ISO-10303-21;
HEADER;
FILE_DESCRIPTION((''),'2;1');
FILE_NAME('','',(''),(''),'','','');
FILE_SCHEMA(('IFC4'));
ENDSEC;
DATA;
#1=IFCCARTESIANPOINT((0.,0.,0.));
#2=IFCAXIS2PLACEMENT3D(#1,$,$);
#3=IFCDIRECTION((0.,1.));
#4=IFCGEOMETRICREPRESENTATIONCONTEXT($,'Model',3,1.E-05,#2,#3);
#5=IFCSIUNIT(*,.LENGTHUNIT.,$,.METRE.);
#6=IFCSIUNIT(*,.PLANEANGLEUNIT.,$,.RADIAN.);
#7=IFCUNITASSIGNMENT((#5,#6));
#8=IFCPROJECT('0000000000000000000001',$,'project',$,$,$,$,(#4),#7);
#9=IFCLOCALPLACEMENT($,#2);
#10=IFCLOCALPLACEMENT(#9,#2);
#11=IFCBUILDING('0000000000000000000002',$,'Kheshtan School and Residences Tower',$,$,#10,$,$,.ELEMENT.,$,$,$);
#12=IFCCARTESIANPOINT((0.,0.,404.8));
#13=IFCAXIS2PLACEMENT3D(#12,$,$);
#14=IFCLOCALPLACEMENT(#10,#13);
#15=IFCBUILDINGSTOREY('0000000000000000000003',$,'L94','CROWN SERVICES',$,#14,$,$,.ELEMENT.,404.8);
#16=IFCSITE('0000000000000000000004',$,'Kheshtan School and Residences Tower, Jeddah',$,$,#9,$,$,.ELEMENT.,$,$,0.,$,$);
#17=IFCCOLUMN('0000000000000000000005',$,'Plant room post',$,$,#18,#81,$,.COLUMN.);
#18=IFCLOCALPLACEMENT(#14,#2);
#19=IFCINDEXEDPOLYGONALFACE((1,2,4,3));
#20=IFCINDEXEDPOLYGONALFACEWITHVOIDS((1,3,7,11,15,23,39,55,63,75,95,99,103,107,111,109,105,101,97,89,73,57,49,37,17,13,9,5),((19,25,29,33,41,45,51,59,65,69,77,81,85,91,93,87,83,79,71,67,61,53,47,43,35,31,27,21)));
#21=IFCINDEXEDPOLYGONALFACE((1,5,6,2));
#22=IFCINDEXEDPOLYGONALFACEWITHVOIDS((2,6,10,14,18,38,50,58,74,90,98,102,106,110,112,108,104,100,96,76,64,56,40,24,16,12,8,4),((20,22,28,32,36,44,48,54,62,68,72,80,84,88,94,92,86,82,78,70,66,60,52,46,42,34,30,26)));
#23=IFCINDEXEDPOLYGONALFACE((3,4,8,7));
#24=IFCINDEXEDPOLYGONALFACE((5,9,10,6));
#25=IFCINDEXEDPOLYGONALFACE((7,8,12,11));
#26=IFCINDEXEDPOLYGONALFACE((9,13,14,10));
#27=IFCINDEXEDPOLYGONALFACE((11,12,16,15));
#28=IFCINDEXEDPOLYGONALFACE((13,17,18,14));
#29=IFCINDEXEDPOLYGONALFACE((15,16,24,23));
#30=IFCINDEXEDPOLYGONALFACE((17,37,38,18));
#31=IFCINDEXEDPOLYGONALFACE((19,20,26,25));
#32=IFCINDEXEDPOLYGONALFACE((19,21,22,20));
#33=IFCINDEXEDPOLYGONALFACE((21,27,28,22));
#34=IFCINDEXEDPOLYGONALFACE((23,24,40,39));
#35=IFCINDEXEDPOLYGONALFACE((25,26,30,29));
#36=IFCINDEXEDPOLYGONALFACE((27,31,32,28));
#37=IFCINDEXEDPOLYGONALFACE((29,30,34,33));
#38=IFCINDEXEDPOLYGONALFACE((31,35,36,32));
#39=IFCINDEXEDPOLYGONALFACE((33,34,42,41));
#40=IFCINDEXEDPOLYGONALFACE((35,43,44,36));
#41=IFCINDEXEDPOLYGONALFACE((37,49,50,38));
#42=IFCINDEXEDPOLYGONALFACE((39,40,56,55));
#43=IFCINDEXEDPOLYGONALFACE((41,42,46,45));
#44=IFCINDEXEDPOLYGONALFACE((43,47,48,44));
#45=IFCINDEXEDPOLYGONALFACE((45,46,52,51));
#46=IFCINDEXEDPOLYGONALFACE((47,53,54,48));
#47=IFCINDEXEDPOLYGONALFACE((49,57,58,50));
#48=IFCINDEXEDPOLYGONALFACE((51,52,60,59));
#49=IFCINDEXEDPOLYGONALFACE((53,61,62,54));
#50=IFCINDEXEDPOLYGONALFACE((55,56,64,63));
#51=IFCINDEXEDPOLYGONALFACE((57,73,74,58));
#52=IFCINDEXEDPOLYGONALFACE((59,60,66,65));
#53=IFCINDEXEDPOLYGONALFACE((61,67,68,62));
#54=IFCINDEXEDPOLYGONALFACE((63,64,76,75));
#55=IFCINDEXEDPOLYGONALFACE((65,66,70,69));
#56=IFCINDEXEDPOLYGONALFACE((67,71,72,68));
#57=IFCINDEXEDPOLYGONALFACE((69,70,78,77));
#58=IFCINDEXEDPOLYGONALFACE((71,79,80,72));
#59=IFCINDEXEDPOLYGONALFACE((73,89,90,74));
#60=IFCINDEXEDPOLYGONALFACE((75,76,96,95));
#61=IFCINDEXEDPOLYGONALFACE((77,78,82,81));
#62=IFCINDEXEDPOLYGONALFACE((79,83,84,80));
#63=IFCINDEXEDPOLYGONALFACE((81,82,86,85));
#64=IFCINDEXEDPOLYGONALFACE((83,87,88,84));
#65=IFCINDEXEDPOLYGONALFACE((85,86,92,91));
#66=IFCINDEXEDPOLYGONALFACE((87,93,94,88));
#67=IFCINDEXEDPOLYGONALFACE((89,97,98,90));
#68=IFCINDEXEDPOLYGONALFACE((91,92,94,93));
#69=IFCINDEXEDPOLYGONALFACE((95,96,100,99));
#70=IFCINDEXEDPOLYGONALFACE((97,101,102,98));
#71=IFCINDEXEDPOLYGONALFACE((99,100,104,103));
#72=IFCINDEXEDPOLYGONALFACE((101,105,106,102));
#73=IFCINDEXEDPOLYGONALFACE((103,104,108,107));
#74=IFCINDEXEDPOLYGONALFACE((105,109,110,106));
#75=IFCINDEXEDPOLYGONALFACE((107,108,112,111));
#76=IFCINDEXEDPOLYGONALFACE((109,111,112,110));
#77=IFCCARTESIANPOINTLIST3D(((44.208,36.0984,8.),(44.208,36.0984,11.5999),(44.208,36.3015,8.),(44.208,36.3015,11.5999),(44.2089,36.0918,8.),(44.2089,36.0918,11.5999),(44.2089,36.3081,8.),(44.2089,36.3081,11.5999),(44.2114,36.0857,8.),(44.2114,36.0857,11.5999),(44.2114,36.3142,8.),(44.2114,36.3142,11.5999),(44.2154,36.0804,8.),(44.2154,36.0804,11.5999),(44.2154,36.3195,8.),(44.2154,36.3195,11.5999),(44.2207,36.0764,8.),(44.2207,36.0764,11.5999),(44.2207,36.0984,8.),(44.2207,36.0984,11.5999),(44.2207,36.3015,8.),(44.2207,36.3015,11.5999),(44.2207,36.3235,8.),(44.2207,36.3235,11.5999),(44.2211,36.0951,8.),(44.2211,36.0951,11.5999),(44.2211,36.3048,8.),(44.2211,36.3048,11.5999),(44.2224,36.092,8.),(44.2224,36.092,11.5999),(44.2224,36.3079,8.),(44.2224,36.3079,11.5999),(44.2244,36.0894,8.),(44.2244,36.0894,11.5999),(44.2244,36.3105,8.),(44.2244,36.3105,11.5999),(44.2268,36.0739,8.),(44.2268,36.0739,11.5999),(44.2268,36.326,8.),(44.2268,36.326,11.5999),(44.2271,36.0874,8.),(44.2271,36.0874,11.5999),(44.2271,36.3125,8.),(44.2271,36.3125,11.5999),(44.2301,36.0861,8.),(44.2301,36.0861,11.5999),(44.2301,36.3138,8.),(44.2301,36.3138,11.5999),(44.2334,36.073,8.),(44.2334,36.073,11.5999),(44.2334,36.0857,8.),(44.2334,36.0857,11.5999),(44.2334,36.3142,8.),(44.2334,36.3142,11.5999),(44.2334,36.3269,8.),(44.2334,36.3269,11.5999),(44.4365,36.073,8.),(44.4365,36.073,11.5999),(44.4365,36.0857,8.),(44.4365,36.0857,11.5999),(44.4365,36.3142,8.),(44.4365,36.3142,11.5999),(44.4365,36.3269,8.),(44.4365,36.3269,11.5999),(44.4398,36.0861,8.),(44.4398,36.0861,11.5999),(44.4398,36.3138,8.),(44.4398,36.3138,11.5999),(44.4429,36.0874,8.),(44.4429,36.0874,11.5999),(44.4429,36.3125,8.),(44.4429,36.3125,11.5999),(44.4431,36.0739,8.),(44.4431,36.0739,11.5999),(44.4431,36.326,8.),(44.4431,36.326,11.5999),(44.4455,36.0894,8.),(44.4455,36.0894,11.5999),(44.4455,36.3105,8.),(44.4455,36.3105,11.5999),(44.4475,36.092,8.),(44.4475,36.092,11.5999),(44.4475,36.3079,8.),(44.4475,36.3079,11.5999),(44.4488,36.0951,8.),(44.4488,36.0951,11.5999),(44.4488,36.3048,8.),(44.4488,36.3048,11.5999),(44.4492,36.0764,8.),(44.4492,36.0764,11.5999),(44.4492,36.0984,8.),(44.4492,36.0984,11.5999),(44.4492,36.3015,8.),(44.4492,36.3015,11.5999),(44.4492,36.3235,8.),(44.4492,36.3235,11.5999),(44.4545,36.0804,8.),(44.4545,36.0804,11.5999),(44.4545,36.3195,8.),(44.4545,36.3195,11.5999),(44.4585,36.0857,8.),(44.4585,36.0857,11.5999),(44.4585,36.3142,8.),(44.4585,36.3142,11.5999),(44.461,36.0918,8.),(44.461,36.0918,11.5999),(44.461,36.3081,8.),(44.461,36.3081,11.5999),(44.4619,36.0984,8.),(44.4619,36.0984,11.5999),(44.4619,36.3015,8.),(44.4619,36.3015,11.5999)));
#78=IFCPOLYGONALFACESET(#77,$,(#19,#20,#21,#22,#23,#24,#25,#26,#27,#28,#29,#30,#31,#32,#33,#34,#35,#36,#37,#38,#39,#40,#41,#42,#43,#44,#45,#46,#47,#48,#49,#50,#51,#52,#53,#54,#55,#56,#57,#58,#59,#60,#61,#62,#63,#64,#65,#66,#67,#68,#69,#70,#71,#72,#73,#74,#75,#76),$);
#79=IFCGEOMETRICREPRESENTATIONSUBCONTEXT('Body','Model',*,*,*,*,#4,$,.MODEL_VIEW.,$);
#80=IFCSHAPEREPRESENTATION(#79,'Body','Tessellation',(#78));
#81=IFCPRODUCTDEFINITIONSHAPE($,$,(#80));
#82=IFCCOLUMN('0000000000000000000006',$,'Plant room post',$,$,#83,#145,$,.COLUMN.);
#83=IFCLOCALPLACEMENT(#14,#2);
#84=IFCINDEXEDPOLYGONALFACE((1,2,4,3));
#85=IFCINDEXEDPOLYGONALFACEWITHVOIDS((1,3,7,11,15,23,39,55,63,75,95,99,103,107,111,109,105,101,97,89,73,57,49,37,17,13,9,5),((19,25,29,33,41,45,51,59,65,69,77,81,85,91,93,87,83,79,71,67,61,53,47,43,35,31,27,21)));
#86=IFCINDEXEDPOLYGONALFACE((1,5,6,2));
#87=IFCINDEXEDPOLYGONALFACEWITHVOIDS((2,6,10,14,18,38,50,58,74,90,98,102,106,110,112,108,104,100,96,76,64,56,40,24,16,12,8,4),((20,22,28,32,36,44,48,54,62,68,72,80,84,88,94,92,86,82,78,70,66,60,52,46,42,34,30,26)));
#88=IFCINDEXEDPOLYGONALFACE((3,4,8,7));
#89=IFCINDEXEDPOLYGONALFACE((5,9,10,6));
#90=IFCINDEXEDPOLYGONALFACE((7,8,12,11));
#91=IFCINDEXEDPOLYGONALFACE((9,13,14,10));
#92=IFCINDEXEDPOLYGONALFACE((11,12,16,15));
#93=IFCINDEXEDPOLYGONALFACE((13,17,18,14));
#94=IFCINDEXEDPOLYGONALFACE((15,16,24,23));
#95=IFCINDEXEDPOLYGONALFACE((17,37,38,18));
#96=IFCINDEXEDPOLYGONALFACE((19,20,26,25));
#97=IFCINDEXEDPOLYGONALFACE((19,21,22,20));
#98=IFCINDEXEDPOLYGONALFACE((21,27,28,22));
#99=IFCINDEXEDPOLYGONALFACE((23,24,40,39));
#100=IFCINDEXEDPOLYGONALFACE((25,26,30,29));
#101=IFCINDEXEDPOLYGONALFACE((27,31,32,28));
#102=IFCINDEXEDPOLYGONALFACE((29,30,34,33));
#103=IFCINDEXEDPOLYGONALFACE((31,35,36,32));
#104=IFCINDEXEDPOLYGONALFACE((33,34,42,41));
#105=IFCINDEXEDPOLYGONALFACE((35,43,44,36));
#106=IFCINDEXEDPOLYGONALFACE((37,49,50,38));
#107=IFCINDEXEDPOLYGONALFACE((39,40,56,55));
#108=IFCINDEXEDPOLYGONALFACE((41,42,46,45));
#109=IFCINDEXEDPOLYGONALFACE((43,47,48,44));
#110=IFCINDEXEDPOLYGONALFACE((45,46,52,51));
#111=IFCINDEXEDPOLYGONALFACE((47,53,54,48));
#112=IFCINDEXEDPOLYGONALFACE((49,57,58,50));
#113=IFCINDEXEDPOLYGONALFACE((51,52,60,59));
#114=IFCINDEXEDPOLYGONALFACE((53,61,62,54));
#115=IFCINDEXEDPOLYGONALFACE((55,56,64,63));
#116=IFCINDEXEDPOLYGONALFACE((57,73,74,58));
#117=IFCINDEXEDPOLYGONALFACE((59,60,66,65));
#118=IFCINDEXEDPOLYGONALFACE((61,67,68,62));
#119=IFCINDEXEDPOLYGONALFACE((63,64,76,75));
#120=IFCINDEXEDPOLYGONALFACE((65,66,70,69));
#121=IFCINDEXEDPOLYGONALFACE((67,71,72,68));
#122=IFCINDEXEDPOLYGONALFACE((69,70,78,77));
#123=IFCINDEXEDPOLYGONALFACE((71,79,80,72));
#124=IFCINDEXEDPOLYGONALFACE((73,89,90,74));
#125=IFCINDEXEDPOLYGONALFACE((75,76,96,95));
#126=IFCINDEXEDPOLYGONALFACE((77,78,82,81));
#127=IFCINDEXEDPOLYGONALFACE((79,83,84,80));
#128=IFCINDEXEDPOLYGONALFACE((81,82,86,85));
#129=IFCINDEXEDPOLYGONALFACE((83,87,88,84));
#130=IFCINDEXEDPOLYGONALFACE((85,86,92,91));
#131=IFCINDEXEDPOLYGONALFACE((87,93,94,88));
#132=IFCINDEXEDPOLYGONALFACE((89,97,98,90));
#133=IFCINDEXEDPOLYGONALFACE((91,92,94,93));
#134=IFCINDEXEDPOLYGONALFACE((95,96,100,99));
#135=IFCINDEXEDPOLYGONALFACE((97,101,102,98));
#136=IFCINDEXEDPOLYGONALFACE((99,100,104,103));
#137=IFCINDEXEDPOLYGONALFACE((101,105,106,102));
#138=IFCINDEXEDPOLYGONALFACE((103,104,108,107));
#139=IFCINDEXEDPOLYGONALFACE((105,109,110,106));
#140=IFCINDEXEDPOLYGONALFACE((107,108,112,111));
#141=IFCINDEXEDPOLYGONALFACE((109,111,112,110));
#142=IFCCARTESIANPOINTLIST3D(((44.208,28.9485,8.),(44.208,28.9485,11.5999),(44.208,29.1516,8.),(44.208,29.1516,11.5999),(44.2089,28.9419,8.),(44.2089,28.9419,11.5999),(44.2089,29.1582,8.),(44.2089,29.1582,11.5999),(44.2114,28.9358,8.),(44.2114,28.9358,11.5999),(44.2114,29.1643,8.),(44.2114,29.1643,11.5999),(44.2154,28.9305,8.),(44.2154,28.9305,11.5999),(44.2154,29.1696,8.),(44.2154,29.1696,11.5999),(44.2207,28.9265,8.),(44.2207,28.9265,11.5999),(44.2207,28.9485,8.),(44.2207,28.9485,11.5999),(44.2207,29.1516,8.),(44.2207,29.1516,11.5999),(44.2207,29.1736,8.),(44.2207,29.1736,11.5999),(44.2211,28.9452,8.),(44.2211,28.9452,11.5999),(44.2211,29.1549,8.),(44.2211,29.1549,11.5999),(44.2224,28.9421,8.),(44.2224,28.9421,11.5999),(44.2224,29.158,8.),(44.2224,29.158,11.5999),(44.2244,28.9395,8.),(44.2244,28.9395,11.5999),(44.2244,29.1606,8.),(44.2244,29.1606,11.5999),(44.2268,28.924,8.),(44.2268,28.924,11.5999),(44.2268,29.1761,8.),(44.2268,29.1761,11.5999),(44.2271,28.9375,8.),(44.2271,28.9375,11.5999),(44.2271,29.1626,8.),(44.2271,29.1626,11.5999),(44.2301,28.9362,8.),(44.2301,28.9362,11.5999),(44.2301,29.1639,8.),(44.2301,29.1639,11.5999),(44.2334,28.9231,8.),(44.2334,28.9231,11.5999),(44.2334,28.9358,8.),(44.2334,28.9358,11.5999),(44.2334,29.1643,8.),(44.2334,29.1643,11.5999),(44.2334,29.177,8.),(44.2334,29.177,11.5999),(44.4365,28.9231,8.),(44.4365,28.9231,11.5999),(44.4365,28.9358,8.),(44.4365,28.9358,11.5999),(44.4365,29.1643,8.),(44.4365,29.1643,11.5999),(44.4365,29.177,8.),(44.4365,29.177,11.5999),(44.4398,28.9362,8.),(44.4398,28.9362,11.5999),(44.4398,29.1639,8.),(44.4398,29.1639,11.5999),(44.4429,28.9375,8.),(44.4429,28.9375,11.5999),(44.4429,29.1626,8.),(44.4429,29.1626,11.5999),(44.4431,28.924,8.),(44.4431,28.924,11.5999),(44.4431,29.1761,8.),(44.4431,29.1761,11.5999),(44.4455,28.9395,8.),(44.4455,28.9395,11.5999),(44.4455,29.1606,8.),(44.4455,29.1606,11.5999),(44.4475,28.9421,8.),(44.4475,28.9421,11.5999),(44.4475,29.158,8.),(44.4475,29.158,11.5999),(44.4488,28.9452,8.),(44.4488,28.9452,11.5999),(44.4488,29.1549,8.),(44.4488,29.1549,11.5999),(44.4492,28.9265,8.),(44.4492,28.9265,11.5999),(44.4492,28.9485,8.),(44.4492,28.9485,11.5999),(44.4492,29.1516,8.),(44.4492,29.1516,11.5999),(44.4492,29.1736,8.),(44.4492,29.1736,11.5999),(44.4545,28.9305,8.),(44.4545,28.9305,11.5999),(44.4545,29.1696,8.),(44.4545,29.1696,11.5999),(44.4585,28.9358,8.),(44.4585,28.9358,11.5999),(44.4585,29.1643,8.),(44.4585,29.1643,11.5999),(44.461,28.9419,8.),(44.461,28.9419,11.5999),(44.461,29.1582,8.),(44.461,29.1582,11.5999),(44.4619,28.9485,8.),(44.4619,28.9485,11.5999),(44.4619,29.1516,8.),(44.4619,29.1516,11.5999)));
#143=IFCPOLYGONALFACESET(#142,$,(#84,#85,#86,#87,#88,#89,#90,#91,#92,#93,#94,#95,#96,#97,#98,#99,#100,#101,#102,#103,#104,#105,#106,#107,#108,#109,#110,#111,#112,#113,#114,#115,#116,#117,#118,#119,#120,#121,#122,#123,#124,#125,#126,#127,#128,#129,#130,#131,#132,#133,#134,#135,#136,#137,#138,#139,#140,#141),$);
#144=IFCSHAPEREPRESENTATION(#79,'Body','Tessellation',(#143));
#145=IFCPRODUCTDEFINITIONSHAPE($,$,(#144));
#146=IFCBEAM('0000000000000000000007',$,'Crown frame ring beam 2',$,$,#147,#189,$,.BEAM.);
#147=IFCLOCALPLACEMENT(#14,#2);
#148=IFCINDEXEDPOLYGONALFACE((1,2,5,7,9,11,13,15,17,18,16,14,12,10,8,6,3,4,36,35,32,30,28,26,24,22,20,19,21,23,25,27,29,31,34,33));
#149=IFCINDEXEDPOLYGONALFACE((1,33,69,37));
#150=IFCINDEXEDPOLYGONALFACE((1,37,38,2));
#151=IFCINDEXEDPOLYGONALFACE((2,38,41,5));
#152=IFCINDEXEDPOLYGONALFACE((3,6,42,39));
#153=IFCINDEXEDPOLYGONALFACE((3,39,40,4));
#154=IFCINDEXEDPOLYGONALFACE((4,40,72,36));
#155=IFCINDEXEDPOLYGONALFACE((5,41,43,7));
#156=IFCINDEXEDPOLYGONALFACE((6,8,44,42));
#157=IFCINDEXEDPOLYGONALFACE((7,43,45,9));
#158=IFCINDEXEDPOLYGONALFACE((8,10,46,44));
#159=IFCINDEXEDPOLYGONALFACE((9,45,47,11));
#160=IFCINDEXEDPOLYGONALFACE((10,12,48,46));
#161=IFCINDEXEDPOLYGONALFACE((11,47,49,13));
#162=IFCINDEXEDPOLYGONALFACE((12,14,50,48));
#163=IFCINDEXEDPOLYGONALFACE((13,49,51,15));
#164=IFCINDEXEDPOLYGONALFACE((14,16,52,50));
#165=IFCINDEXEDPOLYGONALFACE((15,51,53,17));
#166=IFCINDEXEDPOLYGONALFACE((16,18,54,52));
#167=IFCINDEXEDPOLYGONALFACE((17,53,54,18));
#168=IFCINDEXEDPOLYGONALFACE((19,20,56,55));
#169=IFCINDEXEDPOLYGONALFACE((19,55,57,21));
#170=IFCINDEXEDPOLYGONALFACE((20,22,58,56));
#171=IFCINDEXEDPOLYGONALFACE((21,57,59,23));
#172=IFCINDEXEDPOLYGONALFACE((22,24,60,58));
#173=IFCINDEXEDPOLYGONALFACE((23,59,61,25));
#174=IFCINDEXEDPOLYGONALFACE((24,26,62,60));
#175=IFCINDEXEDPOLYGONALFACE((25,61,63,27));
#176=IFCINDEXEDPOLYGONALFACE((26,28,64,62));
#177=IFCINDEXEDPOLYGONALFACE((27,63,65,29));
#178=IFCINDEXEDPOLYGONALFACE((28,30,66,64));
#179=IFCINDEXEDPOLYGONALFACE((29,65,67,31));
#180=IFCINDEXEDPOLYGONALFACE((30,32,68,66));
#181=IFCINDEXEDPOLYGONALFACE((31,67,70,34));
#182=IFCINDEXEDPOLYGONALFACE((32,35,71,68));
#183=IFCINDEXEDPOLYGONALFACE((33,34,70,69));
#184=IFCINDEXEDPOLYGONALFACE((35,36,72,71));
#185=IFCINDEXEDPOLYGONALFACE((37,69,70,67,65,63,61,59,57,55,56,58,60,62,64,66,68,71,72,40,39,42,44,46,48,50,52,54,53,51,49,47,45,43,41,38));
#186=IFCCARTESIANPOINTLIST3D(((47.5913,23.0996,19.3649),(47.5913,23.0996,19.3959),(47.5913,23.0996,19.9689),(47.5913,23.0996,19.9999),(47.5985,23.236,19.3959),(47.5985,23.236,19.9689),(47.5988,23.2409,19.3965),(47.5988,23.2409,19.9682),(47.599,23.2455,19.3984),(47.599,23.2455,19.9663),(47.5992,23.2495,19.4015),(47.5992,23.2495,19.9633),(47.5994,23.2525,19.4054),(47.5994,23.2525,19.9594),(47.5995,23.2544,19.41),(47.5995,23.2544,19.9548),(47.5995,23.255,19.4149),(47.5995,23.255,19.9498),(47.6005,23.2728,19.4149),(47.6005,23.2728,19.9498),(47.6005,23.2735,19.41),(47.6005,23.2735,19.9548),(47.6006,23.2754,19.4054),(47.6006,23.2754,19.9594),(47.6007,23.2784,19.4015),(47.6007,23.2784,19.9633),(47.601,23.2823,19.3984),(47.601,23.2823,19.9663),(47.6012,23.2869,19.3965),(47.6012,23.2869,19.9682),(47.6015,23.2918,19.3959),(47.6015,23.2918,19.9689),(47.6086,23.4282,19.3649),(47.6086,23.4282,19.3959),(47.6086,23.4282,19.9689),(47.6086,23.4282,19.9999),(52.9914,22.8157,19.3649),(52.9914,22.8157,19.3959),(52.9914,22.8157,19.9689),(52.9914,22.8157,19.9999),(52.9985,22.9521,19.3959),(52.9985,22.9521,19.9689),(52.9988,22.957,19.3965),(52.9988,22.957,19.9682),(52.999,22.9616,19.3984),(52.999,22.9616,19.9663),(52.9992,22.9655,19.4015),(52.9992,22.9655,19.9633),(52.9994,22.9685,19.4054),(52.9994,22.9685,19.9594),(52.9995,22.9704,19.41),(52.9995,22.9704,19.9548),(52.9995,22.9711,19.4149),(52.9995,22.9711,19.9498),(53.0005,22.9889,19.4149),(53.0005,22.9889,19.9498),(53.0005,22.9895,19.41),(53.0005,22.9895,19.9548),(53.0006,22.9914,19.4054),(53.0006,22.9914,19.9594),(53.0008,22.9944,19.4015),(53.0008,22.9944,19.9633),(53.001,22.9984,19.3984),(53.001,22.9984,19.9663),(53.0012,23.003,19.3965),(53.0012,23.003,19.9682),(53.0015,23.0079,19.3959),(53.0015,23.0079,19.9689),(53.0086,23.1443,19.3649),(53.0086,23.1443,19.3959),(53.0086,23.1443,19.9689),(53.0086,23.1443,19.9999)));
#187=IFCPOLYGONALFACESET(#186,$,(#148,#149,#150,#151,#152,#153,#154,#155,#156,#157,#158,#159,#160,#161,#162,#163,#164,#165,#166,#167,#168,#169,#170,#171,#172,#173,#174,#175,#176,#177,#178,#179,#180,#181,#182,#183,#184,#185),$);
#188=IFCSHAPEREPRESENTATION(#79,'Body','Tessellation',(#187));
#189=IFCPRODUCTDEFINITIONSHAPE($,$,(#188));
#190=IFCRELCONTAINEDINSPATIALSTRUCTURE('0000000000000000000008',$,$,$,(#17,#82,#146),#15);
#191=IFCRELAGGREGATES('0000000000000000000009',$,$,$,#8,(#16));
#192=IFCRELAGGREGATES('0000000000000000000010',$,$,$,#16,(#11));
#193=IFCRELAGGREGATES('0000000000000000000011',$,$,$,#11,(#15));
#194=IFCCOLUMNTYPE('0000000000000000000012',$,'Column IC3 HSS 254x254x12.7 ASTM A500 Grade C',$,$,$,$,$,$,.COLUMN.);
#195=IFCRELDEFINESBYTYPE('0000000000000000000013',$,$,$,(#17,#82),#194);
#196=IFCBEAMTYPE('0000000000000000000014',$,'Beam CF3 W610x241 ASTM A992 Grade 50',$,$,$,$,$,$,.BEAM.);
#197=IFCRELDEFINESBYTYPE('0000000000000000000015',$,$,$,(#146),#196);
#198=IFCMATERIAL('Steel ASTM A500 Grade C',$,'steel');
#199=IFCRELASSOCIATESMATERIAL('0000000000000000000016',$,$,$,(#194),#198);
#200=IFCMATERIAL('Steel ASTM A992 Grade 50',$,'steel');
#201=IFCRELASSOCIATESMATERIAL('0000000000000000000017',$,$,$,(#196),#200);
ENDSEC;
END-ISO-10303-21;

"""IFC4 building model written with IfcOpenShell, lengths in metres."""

from ifc_helpers import new_model, si_unit, direction, frame, origin, origin_2d, place, context, subcontext, project, spatial, hollow_rectangle, i_section, extrude, material, material_profile, profile_set, type_object, element, save


model = new_model("IFC4")

# Units and contexts
model_context = context("Model", 3, precision=1e-05, world=origin(), true_north=direction((0.0, 1.0)))
body_context = subcontext(model_context, "Body", "Model", "MODEL_VIEW")
ifc_project = project(units=[si_unit("LENGTHUNIT", "METRE"), si_unit("PLANEANGLEUNIT", "RADIAN")], contexts=[model_context])

# Site, building, storey
site_placement = place(None, origin())
site = spatial("IfcSite", under=ifc_project, at=site_placement, Name="Kheshtan School and Residences Tower, Jeddah", CompositionType="ELEMENT", RefElevation=0.0)
building_placement = place(site_placement, origin())
building = spatial("IfcBuilding", under=site, at=building_placement, Name="Kheshtan School and Residences Tower", CompositionType="ELEMENT")
storey_placement = place(building_placement, frame((0.0, 0.0, 404.8)))
storey = spatial("IfcBuildingStorey", under=building, at=storey_placement, Name="L94", Description="CROWN SERVICES", CompositionType="ELEMENT", Elevation=404.8)

# Columns
ifc_material_1 = material(Name="Steel ASTM A500 Grade C", Category="steel")
ifc_material_profile_1 = material_profile(ifc_material_1, hollow_rectangle(XDim=0.2539, YDim=0.2539, WallThickness=0.0127, InnerFilletRadius=0.0127, OuterFilletRadius=0.0254, at=origin_2d()), Name="HSS 254x254x12.7")
ifc_profile_set_1 = profile_set([ifc_material_profile_1], Name="Steel ASTM A500 Grade C")
column_type_1 = type_object("IfcColumnType", Name="Column IC3 HSS 254x254x12.7 ASTM A500 Grade C", PredefinedType="COLUMN", material=ifc_profile_set_1)
for number, where, z_axis, x_axis, name in (
    (1, (44.335, 36.2, 8.0), (0.0, 0.0, 1.0), (1.0, 0.0, 0.0), "Plant room post"),
    (2, (44.335, 29.05, 8.0), (0.0, 0.0, 1.0), (1.0, 0.0, 0.0), "Plant room post"),
):
    element("IfcColumn", number, at=place(storey_placement, frame(where, z_axis=z_axis, x_axis=x_axis)), inside=storey, type_object=column_type_1, Name=name, PredefinedType="COLUMN", context=body_context, shape_type="SweptSolid", body=[
        extrude(hollow_rectangle(XDim=0.2539, YDim=0.2539, WallThickness=0.0127, InnerFilletRadius=0.0127, OuterFilletRadius=0.0254, at=origin_2d()), origin(), (0.0, 0.0, 1.0), 3.5999),
    ])

# Beam
ifc_material_2 = material(Name="Steel ASTM A992 Grade 50", Category="steel")
ifc_material_profile_2 = material_profile(ifc_material_2, i_section(OverallWidth=0.3291, OverallDepth=0.635, WebThickness=0.0178, FlangeThickness=0.031, FilletRadius=0.019, at=origin_2d()), Name="W610x241")
ifc_profile_set_2 = profile_set([ifc_material_profile_2], Name="Steel ASTM A992 Grade 50")
beam_type_1 = type_object("IfcBeamType", Name="Beam CF3 W610x241 ASTM A992 Grade 50", PredefinedType="BEAM", material=ifc_profile_set_2)
beam_1_placement = place(storey_placement, frame((53.0, 22.98, 19.6824), z_axis=(-0.99862, 0.052509, 0.0), x_axis=(-0.052509, -0.99862, 0.0)))
element("IfcBeam", 3, at=beam_1_placement, inside=storey, type_object=beam_type_1, Name="Crown frame ring beam 2", PredefinedType="BEAM", context=body_context, shape_type="SweptSolid", body=[
    extrude(i_section(OverallWidth=0.3291, OverallDepth=0.635, WebThickness=0.0178, FlangeThickness=0.031, FilletRadius=0.019, at=origin_2d()), origin(), (0.0, 0.0, 1.0), 5.4075),
])

save(model, "model.ifc")
